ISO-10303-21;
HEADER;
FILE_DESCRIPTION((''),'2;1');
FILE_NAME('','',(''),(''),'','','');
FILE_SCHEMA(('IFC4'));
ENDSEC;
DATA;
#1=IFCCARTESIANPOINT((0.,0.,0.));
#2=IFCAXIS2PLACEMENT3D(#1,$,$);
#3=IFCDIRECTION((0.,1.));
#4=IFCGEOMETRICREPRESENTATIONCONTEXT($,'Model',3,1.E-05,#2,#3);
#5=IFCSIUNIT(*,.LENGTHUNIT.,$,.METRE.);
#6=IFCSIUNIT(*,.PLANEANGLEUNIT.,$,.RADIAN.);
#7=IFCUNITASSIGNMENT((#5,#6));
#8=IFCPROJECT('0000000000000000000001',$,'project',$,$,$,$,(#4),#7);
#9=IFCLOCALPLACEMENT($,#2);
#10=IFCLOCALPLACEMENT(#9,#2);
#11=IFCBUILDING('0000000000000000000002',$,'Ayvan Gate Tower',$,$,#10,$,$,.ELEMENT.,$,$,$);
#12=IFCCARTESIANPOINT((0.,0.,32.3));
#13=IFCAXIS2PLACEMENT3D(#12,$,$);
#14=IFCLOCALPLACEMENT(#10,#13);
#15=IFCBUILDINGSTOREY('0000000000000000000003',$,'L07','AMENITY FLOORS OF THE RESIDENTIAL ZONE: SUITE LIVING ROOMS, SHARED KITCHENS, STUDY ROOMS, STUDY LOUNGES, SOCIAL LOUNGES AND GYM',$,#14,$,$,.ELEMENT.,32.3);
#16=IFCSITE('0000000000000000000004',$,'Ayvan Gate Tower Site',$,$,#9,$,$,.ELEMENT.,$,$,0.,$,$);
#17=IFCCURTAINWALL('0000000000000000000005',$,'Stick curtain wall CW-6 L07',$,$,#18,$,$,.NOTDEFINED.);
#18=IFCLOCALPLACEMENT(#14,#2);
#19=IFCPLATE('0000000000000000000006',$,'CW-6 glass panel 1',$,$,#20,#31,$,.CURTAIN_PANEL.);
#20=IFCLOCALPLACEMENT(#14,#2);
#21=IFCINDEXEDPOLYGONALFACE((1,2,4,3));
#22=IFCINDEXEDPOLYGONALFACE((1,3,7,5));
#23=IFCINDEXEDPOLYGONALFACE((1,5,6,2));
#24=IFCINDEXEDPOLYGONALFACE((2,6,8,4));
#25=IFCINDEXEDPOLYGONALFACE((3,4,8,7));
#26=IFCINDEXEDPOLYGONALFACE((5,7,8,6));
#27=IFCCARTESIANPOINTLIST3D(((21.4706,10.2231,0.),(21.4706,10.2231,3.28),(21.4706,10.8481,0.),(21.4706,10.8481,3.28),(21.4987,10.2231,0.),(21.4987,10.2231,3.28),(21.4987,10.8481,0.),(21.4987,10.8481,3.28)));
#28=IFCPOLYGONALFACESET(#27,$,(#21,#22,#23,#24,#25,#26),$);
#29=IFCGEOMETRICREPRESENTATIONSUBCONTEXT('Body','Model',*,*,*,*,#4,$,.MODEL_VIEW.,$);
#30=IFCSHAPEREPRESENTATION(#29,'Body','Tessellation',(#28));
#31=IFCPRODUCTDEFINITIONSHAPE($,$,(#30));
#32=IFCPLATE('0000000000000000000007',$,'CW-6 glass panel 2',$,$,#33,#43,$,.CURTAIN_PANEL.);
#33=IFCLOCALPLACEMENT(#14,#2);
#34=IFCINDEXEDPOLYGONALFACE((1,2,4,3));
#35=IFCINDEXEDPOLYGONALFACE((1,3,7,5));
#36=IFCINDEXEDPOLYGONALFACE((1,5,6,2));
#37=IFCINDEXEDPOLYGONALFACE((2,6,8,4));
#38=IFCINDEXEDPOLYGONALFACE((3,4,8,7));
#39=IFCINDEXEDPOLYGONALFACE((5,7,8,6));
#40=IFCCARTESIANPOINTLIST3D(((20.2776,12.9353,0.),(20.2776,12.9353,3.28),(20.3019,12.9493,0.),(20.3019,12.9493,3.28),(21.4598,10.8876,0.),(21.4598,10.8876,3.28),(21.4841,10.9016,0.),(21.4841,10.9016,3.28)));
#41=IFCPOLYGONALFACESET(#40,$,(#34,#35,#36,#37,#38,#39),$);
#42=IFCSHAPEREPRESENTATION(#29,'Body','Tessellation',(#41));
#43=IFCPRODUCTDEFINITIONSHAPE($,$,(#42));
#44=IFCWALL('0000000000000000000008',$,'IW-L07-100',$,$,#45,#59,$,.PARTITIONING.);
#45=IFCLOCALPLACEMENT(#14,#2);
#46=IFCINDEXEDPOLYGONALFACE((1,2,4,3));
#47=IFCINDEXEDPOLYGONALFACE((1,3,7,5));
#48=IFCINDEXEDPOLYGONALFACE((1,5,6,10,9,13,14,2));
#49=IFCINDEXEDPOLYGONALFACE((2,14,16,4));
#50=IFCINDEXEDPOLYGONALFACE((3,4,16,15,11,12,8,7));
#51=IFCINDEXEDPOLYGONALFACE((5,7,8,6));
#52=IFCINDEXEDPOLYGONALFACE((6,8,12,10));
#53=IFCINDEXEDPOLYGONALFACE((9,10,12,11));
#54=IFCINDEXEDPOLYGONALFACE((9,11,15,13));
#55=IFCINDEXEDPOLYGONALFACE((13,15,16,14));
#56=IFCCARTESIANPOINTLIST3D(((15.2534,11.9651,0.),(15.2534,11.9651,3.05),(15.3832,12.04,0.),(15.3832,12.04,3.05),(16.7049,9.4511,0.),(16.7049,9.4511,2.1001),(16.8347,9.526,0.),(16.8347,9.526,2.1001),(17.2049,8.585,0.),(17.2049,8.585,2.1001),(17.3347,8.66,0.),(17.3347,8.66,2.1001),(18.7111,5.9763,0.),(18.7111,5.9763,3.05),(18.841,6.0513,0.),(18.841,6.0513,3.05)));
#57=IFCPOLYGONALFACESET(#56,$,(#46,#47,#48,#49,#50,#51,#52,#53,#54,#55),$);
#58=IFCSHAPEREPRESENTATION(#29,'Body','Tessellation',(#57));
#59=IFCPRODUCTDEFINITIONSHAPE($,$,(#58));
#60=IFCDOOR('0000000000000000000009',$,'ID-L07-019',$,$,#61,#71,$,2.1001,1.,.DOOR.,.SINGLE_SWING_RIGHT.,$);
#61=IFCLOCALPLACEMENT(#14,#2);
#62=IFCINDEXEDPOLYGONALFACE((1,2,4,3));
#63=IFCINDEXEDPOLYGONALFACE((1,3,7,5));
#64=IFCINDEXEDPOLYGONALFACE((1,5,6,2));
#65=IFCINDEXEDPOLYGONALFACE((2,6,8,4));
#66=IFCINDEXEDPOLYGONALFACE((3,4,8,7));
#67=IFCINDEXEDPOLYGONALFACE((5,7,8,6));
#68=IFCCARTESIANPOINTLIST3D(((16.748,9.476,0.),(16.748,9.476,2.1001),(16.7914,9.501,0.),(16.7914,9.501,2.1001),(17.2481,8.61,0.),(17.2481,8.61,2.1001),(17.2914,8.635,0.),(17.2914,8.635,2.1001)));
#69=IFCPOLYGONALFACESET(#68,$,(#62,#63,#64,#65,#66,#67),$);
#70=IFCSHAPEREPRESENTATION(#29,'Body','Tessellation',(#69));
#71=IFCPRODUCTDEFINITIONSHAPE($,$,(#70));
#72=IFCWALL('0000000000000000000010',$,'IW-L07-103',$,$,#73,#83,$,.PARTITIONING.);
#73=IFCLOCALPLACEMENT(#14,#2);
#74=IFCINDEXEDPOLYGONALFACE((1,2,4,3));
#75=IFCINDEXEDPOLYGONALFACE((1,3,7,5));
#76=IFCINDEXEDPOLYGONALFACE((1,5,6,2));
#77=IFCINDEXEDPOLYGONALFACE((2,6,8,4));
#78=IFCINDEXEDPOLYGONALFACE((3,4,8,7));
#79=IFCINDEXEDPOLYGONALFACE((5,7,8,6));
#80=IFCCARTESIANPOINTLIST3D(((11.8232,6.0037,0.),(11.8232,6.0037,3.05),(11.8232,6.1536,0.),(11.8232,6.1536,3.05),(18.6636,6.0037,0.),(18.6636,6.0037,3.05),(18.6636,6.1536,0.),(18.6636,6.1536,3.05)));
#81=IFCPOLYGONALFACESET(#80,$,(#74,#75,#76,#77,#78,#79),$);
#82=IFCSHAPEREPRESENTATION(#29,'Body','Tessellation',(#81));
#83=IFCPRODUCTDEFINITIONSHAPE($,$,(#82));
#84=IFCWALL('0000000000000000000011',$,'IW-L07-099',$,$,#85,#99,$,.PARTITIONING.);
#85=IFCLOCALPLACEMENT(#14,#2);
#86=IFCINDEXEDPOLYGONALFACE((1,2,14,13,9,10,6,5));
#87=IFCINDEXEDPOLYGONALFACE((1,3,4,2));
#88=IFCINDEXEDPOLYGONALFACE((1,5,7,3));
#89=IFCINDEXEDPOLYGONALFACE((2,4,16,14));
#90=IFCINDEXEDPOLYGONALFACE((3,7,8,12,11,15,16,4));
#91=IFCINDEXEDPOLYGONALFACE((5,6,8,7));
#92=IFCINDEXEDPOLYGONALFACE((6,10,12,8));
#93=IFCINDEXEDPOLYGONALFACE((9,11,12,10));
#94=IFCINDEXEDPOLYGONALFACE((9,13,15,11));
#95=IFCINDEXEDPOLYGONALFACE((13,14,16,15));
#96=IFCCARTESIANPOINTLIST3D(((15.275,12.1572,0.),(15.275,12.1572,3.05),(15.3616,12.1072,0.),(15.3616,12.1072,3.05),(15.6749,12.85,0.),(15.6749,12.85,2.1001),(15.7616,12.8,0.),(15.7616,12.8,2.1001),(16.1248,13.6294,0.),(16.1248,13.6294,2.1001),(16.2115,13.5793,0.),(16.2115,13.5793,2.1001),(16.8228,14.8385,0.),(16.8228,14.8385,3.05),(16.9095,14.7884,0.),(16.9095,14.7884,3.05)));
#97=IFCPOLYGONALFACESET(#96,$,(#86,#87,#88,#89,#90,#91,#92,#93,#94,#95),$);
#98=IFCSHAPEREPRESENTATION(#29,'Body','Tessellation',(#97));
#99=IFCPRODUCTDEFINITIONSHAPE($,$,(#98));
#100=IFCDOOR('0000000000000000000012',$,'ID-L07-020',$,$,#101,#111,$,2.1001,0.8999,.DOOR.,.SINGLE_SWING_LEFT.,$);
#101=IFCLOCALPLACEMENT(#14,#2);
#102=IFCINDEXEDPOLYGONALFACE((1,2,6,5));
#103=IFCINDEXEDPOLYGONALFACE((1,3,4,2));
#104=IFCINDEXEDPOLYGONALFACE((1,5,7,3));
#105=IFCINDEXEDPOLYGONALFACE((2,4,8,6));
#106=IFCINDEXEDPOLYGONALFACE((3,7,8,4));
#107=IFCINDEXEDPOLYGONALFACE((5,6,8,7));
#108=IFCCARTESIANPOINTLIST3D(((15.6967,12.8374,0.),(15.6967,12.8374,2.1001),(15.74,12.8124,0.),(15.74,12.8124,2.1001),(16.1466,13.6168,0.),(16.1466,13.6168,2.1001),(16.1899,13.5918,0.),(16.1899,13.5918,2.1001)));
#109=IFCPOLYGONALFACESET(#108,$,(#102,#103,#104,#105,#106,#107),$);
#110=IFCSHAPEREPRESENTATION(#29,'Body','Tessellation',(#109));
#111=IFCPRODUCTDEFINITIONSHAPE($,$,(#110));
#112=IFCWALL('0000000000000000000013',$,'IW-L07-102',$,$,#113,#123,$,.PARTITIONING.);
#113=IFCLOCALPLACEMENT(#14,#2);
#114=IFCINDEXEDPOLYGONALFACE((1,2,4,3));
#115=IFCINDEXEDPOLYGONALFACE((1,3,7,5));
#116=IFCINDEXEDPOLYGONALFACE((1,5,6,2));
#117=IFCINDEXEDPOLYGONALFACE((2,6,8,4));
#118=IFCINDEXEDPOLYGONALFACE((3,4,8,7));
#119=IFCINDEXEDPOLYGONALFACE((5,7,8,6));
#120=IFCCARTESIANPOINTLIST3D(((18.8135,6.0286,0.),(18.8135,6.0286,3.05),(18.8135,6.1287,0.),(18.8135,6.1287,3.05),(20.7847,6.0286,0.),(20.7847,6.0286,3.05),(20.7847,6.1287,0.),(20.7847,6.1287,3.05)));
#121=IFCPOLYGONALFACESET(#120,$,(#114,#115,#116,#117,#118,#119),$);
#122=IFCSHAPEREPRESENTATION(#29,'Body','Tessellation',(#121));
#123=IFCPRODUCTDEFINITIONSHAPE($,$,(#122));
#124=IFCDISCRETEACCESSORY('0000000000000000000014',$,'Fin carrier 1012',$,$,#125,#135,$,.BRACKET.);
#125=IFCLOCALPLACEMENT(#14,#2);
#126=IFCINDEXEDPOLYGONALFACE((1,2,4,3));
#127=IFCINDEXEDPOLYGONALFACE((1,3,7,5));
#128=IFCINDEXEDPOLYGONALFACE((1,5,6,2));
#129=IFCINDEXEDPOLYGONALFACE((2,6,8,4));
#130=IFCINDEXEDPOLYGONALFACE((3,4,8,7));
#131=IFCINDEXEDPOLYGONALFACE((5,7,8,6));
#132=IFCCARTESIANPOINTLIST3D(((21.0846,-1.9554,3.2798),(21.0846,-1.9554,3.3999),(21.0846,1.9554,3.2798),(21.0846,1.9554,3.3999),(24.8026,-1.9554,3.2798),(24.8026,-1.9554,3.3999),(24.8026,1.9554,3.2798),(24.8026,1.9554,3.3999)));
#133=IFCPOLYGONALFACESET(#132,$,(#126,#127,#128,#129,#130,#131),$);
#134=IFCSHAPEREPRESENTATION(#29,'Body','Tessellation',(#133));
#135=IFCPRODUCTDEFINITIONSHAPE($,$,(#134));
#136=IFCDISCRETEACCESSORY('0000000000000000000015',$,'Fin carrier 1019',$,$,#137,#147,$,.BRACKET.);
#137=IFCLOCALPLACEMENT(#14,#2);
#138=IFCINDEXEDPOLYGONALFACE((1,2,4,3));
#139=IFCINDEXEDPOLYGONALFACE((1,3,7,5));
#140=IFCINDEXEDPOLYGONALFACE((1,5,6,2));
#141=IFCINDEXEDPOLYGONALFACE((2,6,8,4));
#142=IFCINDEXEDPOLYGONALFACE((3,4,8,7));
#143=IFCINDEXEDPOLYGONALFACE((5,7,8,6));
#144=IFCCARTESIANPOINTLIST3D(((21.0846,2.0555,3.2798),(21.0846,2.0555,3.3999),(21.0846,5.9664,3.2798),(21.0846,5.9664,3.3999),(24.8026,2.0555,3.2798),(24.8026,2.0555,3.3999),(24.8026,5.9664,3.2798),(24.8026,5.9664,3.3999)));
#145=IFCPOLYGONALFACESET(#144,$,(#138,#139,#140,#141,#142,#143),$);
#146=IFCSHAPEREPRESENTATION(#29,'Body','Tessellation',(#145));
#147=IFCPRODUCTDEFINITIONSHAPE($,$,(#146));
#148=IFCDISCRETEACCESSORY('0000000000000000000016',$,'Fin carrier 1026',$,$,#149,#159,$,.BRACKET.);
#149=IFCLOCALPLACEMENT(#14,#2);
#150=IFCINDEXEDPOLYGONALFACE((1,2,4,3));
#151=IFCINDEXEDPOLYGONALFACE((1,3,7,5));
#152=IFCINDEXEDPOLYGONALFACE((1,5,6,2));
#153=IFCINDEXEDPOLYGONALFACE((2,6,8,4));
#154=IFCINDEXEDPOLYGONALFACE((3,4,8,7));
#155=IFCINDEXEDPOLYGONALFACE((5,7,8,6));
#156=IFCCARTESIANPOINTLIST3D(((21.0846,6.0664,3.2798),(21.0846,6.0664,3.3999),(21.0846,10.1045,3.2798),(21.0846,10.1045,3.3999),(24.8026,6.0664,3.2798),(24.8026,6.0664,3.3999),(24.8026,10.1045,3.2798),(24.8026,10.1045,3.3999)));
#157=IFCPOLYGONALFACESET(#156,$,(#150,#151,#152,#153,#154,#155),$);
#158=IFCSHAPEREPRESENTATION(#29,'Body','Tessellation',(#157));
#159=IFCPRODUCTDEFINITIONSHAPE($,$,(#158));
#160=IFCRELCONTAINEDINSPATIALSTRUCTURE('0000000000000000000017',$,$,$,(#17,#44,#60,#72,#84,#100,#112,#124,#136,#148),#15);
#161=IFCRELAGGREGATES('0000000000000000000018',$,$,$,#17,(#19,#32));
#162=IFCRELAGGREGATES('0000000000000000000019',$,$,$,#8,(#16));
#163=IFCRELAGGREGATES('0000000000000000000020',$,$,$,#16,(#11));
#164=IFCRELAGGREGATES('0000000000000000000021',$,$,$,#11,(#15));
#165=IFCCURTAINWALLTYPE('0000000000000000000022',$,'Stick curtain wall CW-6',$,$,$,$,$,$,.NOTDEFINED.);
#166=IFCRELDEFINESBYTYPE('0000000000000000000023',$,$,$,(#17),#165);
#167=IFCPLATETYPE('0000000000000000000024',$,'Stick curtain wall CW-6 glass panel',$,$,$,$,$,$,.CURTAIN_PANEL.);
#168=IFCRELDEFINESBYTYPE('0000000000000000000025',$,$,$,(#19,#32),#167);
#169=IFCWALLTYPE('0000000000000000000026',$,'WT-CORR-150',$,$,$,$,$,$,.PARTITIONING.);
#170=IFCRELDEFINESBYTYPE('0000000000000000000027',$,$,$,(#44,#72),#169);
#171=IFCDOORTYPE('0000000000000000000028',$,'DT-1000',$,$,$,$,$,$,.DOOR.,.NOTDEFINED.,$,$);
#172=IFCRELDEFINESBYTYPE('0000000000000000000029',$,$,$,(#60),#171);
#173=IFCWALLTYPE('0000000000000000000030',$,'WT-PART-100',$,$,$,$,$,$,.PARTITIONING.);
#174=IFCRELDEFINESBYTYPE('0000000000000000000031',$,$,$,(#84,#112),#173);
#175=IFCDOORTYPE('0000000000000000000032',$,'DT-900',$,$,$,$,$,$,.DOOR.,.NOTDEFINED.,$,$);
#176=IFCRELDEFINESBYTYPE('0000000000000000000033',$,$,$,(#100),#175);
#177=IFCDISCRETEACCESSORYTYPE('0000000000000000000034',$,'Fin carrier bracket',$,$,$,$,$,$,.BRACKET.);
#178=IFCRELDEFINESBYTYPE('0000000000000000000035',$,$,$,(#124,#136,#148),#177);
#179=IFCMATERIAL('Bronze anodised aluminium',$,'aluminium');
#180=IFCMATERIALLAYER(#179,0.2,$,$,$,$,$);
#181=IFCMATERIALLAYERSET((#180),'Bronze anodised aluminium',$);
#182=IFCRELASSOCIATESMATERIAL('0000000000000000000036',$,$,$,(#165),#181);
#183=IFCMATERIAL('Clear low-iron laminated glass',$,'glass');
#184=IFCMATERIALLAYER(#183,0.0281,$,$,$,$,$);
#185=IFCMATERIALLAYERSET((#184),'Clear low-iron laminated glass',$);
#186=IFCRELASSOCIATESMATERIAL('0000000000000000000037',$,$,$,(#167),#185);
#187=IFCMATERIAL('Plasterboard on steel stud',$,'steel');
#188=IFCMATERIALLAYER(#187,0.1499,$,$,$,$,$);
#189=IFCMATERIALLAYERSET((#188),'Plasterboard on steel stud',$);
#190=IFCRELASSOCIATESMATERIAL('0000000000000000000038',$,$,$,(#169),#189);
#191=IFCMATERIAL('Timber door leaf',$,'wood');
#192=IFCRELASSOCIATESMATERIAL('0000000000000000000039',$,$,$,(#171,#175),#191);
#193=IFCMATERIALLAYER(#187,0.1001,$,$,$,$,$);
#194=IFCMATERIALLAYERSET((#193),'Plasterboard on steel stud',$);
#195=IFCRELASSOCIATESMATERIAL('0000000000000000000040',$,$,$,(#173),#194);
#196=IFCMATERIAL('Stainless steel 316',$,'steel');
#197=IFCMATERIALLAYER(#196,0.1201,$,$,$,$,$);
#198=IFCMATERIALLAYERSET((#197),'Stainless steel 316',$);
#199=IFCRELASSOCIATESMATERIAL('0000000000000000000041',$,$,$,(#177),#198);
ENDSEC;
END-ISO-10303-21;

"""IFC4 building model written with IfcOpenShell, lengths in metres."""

from ifc_helpers import new_model, si_unit, direction, frame, frame_2d, origin, origin_2d, place, context, subcontext, project, spatial, rectangle, extrude, material, layer, layer_set, type_object, element, fill, aggregate, save


model = new_model("IFC4")

# Units and contexts
model_context = context("Model", 3, precision=1e-05, world=origin(), true_north=direction((0.0, 1.0)))
body_context = subcontext(model_context, "Body", "Model", "MODEL_VIEW")
ifc_project = project(units=[si_unit("LENGTHUNIT", "METRE"), si_unit("PLANEANGLEUNIT", "RADIAN")], contexts=[model_context])

# Site, building, storey
site_placement = place(None, origin())
site = spatial("IfcSite", under=ifc_project, at=site_placement, Name="Ayvan Gate Tower Site", CompositionType="ELEMENT", RefElevation=0.0)
building_placement = place(site_placement, origin())
building = spatial("IfcBuilding", under=site, at=building_placement, Name="Ayvan Gate Tower", CompositionType="ELEMENT")
storey_placement = place(building_placement, frame((0.0, 0.0, 32.3)))
storey = spatial("IfcBuildingStorey", under=building, at=storey_placement, Name="L07", Description="AMENITY FLOORS OF THE RESIDENTIAL ZONE: SUITE LIVING ROOMS, SHARED KITCHENS, STUDY ROOMS, STUDY LOUNGES, SOCIAL LOUNGES AND GYM", CompositionType="ELEMENT", Elevation=32.3)

# Curtain wall
ifc_material_1 = material(Name="Bronze anodised aluminium", Category="aluminium")
ifc_layer_1 = layer(ifc_material_1, 0.2)
ifc_layer_set_1 = layer_set([ifc_layer_1], Name="Bronze anodised aluminium")
curtain_wall_type_1 = type_object("IfcCurtainWallType", Name="Stick curtain wall CW-6", PredefinedType="NOTDEFINED", material=ifc_layer_set_1)
curtain_wall_1_placement = place(storey_placement, origin())
curtain_wall_1 = element("IfcCurtainWall", 1, at=curtain_wall_1_placement, inside=storey, type_object=curtain_wall_type_1, Name="Stick curtain wall CW-6 L07", PredefinedType="NOTDEFINED")

# Plates
ifc_material_2 = material(Name="Clear low-iron laminated glass", Category="glass")
ifc_layer_2 = layer(ifc_material_2, 0.0281)
ifc_layer_set_2 = layer_set([ifc_layer_2], Name="Clear low-iron laminated glass")
plate_type_1 = type_object("IfcPlateType", Name="Stick curtain wall CW-6 glass panel", PredefinedType="CURTAIN_PANEL", material=ifc_layer_set_2)
plate_1_placement = place(storey_placement, frame((21.4846, 10.5356, 0.0), z_axis=(0.0, 0.0, 1.0), x_axis=(0.0, 1.0, 0.0)))
plate_1 = element("IfcPlate", 2, at=plate_1_placement, type_object=plate_type_1, Name="CW-6 glass panel 1", PredefinedType="CURTAIN_PANEL", context=body_context, shape_type="SweptSolid", body=[
    extrude(rectangle(XDim=0.625, YDim=0.0281, at=origin_2d()), origin(), (0.0, 0.0, 1.0), 3.28),
])
plate_2_placement = place(storey_placement, frame((20.8809, 11.9185, 0.0), z_axis=(0.0, 0.0, 1.0), x_axis=(-0.5, 0.866025, 0.0)))
plate_2 = element("IfcPlate", 3, at=plate_2_placement, type_object=plate_type_1, Name="CW-6 glass panel 2", PredefinedType="CURTAIN_PANEL", context=body_context, shape_type="SweptSolid", body=[
    extrude(rectangle(XDim=2.3645, YDim=0.0281, at=origin_2d()), origin(), (0.0, 0.0, 1.0), 3.28),
])
aggregate(curtain_wall_1, [plate_1, plate_2])

# Wall, opening, door
ifc_material_3 = material(Name="Plasterboard on steel stud", Category="steel")
ifc_layer_3 = layer(ifc_material_3, 0.1499)
ifc_layer_set_3 = layer_set([ifc_layer_3], Name="Plasterboard on steel stud")
wall_type_1 = type_object("IfcWallType", Name="WT-CORR-150", PredefinedType="PARTITIONING", material=ifc_layer_set_3)
wall_1_placement = place(storey_placement, frame((15.3184, 12.0024, 0.0), z_axis=(0.0, 0.0, 1.0), x_axis=(0.500016, -0.866016, 0.0)))
wall_1 = element("IfcWall", 4, at=wall_1_placement, inside=storey, type_object=wall_type_1, Name="IW-L07-100", PredefinedType="PARTITIONING", context=body_context, shape_type="SweptSolid", body=[
    extrude(rectangle(XDim=6.9153, YDim=0.1499, at=frame_2d((3.4575, 0.0))), origin(), (0.0, 0.0, 1.0), 3.05),
])
opening_1_placement = place(wall_1_placement, frame((2.9028, 0.0, 0.0)))
opening_1 = element("IfcOpeningElement", 5, at=opening_1_placement, cuts=wall_1, PredefinedType="OPENING", context=body_context, shape_type="SweptSolid", body=[
    extrude(rectangle(XDim=1.0, YDim=2.1001, at=frame_2d((0.5, 1.05))), frame((0.0, 0.085, 0.0), z_axis=(0.0, -1.0, 0.0), x_axis=(1.0, 0.0, 0.0)), (0.0, 0.0, 1.0), 0.1699),
])
ifc_material_4 = material(Name="Timber door leaf", Category="wood")
door_type_1 = type_object("IfcDoorType", Name="DT-1000", OperationType="NOTDEFINED", PredefinedType="DOOR", material=ifc_material_4)
door_1_placement = place(opening_1_placement, origin())
door_1 = element("IfcDoor", 6, at=door_1_placement, inside=storey, type_object=door_type_1, Name="ID-L07-019", OperationType="SINGLE_SWING_RIGHT", OverallHeight=2.1001, OverallWidth=1.0, PredefinedType="DOOR", context=body_context, shape_type="SweptSolid", body=[
    extrude(rectangle(XDim=1.0, YDim=2.1001, at=frame_2d((0.5, 1.05))), frame((0.0, 0.0249, 0.0), z_axis=(0.0, -1.0, 0.0), x_axis=(1.0, 0.0, 0.0)), (0.0, 0.0, 1.0), 0.05),
])
fill(opening_1, door_1)

# Wall
wall_2_placement = place(storey_placement, frame((18.6636, 6.0786, 0.0), z_axis=(0.0, 0.0, 1.0), x_axis=(-1.0, 0.0, 0.0)))
element("IfcWall", 7, at=wall_2_placement, inside=storey, type_object=wall_type_1, Name="IW-L07-103", PredefinedType="PARTITIONING", context=body_context, shape_type="SweptSolid", body=[
    extrude(rectangle(XDim=6.8403, YDim=0.1499, at=frame_2d((3.4202, 0.0))), origin(), (0.0, 0.0, 1.0), 3.05),
])

# Wall, opening, door
ifc_layer_4 = layer(ifc_material_3, 0.1001)
ifc_layer_set_4 = layer_set([ifc_layer_4], Name="Plasterboard on steel stud")
wall_type_2 = type_object("IfcWallType", Name="WT-PART-100", PredefinedType="PARTITIONING", material=ifc_layer_set_4)
wall_3_placement = place(storey_placement, frame((15.3184, 12.1323, 0.0), z_axis=(0.0, 0.0, 1.0), x_axis=(0.499973, 0.866041, 0.0)))
wall_3 = element("IfcWall", 8, at=wall_3_placement, inside=storey, type_object=wall_type_2, Name="IW-L07-099", PredefinedType="PARTITIONING", context=body_context, shape_type="SweptSolid", body=[
    extrude(rectangle(XDim=3.0959, YDim=0.1001, at=frame_2d((1.5479, 0.0))), origin(), (0.0, 0.0, 1.0), 3.05),
])
opening_2_placement = place(wall_3_placement, frame((0.7998, 0.0, 0.0)))
opening_2 = element("IfcOpeningElement", 9, at=opening_2_placement, cuts=wall_3, PredefinedType="OPENING", context=body_context, shape_type="SweptSolid", body=[
    extrude(rectangle(XDim=0.8999, YDim=2.1001, at=frame_2d((0.45, 1.05))), frame((0.0, 0.0601, 0.0), z_axis=(0.0, -1.0, 0.0), x_axis=(1.0, 0.0, 0.0)), (0.0, 0.0, 1.0), 0.1201),
])
door_type_2 = type_object("IfcDoorType", Name="DT-900", OperationType="NOTDEFINED", PredefinedType="DOOR", material=ifc_material_4)
door_2_placement = place(opening_2_placement, origin())
door_2 = element("IfcDoor", 10, at=door_2_placement, inside=storey, type_object=door_type_2, Name="ID-L07-020", OperationType="SINGLE_SWING_LEFT", OverallHeight=2.1001, OverallWidth=0.8999, PredefinedType="DOOR", context=body_context, shape_type="SweptSolid", body=[
    extrude(rectangle(XDim=0.8999, YDim=2.1001, at=frame_2d((0.45, 1.05))), frame((0.0, 0.0249, 0.0), z_axis=(0.0, -1.0, 0.0), x_axis=(1.0, 0.0, 0.0)), (0.0, 0.0, 1.0), 0.05),
])
fill(opening_2, door_2)

# Wall
wall_4_placement = place(storey_placement, frame((18.8135, 6.0786, 0.0), z_axis=(0.0, 0.0, 1.0), x_axis=(1.0, 0.0, 0.0)))
element("IfcWall", 11, at=wall_4_placement, inside=storey, type_object=wall_type_2, Name="IW-L07-102", PredefinedType="PARTITIONING", context=body_context, shape_type="SweptSolid", body=[
    extrude(rectangle(XDim=1.9712, YDim=0.1001, at=frame_2d((0.9856, 0.0))), origin(), (0.0, 0.0, 1.0), 3.05),
])

# Discrete accessories
ifc_material_5 = material(Name="Stainless steel 316", Category="steel")
ifc_layer_5 = layer(ifc_material_5, 0.1201)
ifc_layer_set_5 = layer_set([ifc_layer_5], Name="Stainless steel 316")
discrete_accessory_type = type_object("IfcDiscreteAccessoryType", Name="Fin carrier bracket", PredefinedType="BRACKET", material=ifc_layer_set_5)
for number, where, z_axis, x_axis, name in (
    (12, (22.9436, 0.0, 3.2798), (0.0, 0.0, 1.0), (0.0, 1.0, 0.0), "Fin carrier 1012"),
    (13, (22.9436, 4.011, 3.2798), (0.0, 0.0, 1.0), (0.0, 1.0, 0.0), "Fin carrier 1019"),
):
    element("IfcDiscreteAccessory", number, at=place(storey_placement, frame(where, z_axis=z_axis, x_axis=x_axis)), inside=storey, type_object=discrete_accessory_type, Name=name, PredefinedType="BRACKET", context=body_context, shape_type="SweptSolid", body=[
        extrude(rectangle(XDim=3.9109, YDim=3.718, at=origin_2d()), origin(), (0.0, 0.0, 1.0), 0.1201),
    ])
discrete_accessory_placement = place(storey_placement, frame((22.9436, 8.0854, 3.2798), z_axis=(0.0, 0.0, 1.0), x_axis=(0.0, 1.0, 0.0)))
element("IfcDiscreteAccessory", 14, at=discrete_accessory_placement, inside=storey, type_object=discrete_accessory_type, Name="Fin carrier 1026", PredefinedType="BRACKET", context=body_context, shape_type="SweptSolid", body=[
    extrude(rectangle(XDim=4.0381, YDim=3.718, at=origin_2d()), origin(), (0.0, 0.0, 1.0), 0.1201),
])

save(model, "model.ifc")
